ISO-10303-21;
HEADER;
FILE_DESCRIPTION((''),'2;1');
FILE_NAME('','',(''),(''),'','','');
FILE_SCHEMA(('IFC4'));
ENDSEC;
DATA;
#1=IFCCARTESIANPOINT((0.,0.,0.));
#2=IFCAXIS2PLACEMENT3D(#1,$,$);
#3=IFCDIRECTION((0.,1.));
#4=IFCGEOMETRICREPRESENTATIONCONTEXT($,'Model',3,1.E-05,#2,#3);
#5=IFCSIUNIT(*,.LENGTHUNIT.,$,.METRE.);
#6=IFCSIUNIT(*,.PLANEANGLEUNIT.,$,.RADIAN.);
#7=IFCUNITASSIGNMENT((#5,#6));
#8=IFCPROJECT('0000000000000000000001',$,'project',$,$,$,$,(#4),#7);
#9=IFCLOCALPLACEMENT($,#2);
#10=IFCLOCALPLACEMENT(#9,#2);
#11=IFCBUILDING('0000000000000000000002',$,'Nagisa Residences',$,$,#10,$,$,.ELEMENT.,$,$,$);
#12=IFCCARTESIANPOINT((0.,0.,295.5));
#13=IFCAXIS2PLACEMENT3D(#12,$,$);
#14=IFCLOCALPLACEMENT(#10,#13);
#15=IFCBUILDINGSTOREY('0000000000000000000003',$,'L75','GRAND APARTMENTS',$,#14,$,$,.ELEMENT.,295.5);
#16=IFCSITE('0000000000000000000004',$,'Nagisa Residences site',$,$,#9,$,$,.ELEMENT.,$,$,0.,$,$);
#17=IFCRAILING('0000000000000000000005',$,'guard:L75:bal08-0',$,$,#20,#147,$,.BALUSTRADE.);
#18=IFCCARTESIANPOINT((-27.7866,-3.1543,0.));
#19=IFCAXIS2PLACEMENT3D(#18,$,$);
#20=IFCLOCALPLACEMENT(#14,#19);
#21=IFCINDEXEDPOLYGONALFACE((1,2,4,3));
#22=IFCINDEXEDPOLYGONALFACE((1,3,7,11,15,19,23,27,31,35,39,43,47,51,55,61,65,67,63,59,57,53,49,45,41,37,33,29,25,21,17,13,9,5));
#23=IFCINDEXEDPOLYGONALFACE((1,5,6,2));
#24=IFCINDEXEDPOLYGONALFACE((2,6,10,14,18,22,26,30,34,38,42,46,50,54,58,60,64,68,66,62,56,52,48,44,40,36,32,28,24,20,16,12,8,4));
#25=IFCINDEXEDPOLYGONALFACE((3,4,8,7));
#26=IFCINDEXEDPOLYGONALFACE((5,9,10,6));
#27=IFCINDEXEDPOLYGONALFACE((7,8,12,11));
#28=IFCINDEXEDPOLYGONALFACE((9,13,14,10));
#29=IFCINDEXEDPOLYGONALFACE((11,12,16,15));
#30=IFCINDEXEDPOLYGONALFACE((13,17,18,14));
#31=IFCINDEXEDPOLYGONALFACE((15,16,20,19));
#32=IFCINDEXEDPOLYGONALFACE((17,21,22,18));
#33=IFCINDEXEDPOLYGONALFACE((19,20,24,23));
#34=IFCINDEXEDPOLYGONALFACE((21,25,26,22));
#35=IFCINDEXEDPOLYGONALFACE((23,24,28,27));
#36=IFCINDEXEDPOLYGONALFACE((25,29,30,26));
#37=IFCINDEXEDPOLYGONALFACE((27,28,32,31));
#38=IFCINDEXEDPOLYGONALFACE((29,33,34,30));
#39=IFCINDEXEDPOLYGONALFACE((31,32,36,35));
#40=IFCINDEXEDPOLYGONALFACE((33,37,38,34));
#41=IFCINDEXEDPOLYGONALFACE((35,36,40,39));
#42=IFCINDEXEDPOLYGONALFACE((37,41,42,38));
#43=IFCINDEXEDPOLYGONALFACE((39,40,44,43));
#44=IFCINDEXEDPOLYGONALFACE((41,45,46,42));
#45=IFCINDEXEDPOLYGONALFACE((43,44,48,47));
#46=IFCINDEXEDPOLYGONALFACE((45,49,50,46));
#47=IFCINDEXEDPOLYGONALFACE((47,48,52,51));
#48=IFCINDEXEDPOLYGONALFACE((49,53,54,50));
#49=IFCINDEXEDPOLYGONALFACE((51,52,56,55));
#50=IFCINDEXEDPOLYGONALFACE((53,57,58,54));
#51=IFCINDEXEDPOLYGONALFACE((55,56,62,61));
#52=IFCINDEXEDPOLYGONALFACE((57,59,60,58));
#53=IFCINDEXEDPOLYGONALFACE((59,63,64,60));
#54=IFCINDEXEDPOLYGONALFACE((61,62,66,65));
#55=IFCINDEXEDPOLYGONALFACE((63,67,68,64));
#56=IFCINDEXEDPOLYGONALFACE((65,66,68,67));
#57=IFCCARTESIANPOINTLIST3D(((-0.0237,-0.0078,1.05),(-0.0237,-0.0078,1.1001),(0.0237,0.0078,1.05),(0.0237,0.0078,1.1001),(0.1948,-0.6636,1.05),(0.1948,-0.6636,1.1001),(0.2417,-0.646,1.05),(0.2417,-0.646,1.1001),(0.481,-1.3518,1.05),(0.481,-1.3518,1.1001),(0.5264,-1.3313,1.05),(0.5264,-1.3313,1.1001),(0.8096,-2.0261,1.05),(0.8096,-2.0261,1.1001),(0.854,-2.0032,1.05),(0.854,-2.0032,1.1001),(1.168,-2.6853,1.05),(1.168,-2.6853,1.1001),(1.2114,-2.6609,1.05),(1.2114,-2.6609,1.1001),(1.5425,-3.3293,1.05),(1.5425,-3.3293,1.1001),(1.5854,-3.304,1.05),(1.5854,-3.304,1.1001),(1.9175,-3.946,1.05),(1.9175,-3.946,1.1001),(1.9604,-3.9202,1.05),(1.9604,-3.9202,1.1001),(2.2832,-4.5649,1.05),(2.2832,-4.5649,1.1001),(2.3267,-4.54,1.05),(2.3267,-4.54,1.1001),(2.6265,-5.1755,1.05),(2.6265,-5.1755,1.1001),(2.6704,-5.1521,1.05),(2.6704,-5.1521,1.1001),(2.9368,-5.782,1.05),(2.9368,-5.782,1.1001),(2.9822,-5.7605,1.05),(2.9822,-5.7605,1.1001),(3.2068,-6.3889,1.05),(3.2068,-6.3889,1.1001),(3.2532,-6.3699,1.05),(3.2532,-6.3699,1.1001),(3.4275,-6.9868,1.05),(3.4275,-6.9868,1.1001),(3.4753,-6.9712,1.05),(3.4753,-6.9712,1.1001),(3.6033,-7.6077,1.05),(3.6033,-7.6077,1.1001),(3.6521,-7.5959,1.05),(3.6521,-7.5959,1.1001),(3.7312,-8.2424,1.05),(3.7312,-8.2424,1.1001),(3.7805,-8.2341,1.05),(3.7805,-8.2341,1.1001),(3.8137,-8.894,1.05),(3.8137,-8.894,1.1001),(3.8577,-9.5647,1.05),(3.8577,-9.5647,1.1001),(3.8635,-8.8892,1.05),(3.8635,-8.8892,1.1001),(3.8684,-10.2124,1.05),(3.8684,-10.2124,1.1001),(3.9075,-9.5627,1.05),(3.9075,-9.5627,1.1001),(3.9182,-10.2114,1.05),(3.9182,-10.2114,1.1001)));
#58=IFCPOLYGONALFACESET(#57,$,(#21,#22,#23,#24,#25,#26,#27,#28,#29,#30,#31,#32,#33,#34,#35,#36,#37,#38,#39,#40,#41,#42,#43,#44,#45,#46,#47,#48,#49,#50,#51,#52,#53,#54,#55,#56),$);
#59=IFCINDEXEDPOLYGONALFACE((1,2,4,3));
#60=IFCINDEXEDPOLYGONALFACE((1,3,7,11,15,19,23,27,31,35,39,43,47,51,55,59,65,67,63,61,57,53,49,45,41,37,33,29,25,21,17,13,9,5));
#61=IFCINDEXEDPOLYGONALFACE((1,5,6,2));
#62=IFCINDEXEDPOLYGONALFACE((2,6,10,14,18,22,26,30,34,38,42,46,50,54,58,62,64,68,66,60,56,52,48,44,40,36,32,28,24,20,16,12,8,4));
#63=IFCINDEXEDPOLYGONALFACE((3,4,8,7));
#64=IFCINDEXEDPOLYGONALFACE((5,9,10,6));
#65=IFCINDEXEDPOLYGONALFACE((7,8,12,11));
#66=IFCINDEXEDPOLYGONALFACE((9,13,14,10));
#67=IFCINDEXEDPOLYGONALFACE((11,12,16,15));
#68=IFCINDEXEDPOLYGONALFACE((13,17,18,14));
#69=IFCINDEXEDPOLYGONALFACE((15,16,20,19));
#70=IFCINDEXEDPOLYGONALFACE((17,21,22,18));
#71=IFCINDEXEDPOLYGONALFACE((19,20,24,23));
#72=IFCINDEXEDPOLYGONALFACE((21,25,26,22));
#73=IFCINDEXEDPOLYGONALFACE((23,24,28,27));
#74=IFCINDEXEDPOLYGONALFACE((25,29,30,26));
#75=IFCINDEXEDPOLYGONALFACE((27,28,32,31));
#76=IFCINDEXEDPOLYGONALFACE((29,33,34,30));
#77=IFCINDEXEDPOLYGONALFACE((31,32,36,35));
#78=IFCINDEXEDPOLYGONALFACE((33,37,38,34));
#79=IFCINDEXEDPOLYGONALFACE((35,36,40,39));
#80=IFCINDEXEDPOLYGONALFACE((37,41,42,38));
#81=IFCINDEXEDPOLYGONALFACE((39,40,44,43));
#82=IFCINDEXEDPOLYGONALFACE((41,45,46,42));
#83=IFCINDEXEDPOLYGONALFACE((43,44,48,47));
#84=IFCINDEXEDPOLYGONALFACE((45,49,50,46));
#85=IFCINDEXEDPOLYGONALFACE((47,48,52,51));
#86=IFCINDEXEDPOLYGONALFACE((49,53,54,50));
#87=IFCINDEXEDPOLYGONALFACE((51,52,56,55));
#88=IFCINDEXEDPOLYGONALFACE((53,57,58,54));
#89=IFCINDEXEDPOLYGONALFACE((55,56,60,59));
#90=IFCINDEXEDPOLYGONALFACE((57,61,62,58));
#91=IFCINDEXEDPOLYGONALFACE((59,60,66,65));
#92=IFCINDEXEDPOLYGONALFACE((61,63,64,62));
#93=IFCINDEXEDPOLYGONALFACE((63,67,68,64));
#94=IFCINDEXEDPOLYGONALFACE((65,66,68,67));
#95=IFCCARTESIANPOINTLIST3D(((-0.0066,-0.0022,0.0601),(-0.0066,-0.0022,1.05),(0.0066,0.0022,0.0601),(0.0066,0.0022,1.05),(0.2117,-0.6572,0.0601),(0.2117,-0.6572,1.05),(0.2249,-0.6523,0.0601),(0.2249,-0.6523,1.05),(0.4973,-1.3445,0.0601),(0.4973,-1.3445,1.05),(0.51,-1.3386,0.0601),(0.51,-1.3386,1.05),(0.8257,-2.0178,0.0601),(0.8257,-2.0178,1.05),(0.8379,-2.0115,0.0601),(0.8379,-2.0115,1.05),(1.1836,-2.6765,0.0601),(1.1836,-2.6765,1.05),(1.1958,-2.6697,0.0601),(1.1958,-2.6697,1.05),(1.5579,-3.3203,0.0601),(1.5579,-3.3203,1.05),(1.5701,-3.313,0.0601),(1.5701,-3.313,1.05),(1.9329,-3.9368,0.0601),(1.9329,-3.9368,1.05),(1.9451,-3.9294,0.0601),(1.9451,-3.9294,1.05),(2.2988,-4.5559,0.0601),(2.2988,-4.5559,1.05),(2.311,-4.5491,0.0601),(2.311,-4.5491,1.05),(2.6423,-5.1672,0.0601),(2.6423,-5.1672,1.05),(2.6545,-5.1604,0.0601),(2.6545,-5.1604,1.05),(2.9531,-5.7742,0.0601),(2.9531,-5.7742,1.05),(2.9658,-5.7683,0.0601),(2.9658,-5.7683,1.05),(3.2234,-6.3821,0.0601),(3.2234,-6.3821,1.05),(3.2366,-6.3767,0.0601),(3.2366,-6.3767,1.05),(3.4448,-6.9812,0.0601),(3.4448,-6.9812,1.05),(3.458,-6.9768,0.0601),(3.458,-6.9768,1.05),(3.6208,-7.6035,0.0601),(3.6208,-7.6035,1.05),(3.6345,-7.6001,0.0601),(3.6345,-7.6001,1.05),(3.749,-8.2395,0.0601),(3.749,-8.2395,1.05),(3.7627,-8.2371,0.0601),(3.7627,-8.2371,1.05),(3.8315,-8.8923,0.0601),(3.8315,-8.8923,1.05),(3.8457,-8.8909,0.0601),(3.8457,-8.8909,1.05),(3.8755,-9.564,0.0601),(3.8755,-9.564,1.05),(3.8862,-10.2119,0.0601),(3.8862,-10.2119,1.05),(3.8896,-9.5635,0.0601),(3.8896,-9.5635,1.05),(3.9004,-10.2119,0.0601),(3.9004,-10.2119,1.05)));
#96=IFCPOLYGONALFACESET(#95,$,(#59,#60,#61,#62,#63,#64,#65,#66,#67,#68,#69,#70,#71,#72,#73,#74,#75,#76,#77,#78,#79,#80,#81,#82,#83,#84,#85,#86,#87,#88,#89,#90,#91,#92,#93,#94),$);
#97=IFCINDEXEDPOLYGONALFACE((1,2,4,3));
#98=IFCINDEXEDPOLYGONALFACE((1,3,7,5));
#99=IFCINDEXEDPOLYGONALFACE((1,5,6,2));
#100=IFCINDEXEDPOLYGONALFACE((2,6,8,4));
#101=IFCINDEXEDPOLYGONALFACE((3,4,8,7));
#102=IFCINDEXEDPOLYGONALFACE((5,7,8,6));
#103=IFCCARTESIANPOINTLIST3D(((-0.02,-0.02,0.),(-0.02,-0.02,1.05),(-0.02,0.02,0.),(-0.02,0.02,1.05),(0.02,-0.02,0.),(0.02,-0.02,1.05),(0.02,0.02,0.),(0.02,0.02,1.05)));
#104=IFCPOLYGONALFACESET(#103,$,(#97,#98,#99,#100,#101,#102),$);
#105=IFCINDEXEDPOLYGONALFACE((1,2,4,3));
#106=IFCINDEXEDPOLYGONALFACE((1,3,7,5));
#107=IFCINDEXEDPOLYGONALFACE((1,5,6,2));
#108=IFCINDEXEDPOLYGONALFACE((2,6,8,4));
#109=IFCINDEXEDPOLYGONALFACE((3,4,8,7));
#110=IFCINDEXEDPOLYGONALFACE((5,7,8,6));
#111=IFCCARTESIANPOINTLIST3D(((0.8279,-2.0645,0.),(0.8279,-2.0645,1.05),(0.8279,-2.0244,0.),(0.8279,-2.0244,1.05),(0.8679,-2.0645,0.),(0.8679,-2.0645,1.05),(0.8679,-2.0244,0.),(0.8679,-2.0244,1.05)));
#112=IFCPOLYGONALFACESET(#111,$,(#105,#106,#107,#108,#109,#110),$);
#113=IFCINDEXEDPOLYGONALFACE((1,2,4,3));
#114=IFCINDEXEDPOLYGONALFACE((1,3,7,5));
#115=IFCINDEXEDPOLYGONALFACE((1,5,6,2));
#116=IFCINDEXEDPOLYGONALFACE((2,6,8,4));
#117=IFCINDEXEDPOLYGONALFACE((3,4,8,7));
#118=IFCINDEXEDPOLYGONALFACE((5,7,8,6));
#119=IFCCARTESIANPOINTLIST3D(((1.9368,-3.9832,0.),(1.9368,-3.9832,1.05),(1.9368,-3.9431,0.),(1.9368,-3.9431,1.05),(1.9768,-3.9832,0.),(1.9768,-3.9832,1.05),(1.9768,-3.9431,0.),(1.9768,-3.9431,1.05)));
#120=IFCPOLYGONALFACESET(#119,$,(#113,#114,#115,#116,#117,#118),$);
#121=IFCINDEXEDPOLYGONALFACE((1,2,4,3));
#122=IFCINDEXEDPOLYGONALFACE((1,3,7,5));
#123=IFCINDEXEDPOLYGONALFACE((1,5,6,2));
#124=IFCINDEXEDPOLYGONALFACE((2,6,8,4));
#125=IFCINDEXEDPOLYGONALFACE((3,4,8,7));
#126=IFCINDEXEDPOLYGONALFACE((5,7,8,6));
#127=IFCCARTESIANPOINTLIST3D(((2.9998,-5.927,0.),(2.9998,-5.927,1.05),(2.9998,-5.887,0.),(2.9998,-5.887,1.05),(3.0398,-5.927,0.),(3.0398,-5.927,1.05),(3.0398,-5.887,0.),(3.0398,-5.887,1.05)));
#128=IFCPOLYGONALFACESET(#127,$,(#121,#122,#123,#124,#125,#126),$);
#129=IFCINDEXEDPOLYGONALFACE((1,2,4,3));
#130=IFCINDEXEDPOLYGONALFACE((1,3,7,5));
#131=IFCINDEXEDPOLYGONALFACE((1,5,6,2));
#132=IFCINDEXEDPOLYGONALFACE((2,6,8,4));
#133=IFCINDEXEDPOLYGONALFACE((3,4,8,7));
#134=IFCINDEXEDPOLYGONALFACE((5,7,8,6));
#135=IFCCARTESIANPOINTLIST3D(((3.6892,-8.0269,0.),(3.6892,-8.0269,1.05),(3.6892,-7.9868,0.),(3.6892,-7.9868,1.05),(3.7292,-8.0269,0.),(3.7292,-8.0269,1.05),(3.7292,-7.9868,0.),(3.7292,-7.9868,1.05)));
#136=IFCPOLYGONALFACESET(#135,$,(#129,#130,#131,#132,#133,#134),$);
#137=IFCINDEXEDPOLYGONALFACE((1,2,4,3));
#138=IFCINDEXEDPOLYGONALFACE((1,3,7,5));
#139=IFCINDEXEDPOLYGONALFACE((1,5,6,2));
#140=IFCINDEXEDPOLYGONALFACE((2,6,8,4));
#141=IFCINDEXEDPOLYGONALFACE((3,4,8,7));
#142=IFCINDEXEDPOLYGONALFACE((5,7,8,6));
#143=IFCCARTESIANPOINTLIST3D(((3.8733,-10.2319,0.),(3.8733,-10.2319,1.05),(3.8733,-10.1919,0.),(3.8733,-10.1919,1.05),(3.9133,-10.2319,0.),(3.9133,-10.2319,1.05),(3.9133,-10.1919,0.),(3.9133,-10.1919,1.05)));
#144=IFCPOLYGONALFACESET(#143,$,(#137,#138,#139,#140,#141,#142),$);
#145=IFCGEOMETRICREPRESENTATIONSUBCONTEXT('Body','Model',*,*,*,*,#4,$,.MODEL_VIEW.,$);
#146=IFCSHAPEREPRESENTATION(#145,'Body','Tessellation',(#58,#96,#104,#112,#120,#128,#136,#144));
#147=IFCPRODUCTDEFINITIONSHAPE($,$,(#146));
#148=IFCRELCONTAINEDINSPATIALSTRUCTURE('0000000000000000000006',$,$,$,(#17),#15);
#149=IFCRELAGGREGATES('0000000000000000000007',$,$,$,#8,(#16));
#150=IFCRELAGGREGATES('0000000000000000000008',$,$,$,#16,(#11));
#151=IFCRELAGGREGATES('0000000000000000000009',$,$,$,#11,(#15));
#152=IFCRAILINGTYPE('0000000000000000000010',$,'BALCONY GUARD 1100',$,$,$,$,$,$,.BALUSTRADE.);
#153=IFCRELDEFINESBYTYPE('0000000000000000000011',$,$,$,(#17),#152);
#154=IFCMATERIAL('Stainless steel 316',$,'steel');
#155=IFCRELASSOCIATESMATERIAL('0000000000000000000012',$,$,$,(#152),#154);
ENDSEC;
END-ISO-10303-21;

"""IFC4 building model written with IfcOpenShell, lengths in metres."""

from ifc_helpers import new_model, si_unit, direction, frame, origin, origin_2d, place, context, subcontext, project, spatial, polyline, rectangle, outline, extrude, material, type_object, element, save


model = new_model("IFC4")

# Units and contexts
model_context = context("Model", 3, precision=1e-05, world=origin(), true_north=direction((0.0, 1.0)))
body_context = subcontext(model_context, "Body", "Model", "MODEL_VIEW")
ifc_project = project(units=[si_unit("LENGTHUNIT", "METRE"), si_unit("PLANEANGLEUNIT", "RADIAN")], contexts=[model_context])

# Site, building, storey
site_placement = place(None, origin())
site = spatial("IfcSite", under=ifc_project, at=site_placement, Name="Nagisa Residences site", CompositionType="ELEMENT", RefElevation=0.0)
building_placement = place(site_placement, origin())
building = spatial("IfcBuilding", under=site, at=building_placement, Name="Nagisa Residences", CompositionType="ELEMENT")
storey_placement = place(building_placement, frame((0.0, 0.0, 295.5)))
storey = spatial("IfcBuildingStorey", under=building, at=storey_placement, Name="L75", Description="GRAND APARTMENTS", CompositionType="ELEMENT", Elevation=295.5)

# Railing
ifc_material_1 = material(Name="Stainless steel 316", Category="steel")
railing_type = type_object("IfcRailingType", Name="BALCONY GUARD 1100", PredefinedType="BALUSTRADE", material=ifc_material_1)
railing_1_placement = place(storey_placement, frame((-27.7866, -3.1543, 0.0)))
element("IfcRailing", 1, at=railing_1_placement, inside=storey, type_object=railing_type, Name="guard:L75:bal08-0", PredefinedType="BALUSTRADE", context=body_context, shape_type="SweptSolid", body=[
    extrude(outline(polyline([(0.2417, -0.646), (0.0237, 0.0078), (-0.0237, -0.0078), (0.1948, -0.6636), (0.481, -1.3518), (0.8096, -2.0261), (1.168, -2.6853), (1.5425, -3.3293), (1.9175, -3.946), (2.2832, -4.5649), (2.6265, -5.1755), (2.9368, -5.782), (3.2068, -6.3889), (3.4275, -6.9868), (3.6033, -7.6077), (3.7312, -8.2424), (3.8137, -8.894), (3.8577, -9.5647), (3.8684, -10.2124), (3.9182, -10.2114), (3.9075, -9.5627), (3.8635, -8.8892), (3.7805, -8.2341), (3.6521, -7.5959), (3.4753, -6.9712), (3.2532, -6.3699), (2.9822, -5.7605), (2.6704, -5.1521), (2.3267, -4.54), (1.9604, -3.9202), (1.5854, -3.304), (1.2114, -2.6609), (0.854, -2.0032), (0.5264, -1.3313), (0.2417, -0.646)])), frame((0.0, 0.0, 1.05)), (0.0, 0.0, 1.0), 0.05),
    extrude(outline(polyline([(0.2249, -0.6523), (0.0066, 0.0022), (-0.0066, -0.0022), (0.2117, -0.6572), (0.4973, -1.3445), (0.8257, -2.0178), (1.1836, -2.6765), (1.5579, -3.3203), (1.9329, -3.9368), (2.2988, -4.5559), (2.6423, -5.1672), (2.9531, -5.7742), (3.2234, -6.3821), (3.4448, -6.9812), (3.6208, -7.6035), (3.749, -8.2395), (3.8315, -8.8923), (3.8755, -9.564), (3.8862, -10.2119), (3.9004, -10.2119), (3.8896, -9.5635), (3.8457, -8.8909), (3.7627, -8.2371), (3.6345, -7.6001), (3.458, -6.9768), (3.2366, -6.3767), (2.9658, -5.7683), (2.6545, -5.1604), (2.311, -4.5491), (1.9451, -3.9294), (1.5701, -3.313), (1.1958, -2.6697), (0.8379, -2.0115), (0.51, -1.3386), (0.2249, -0.6523)])), frame((0.0, 0.0, 0.0601)), (0.0, 0.0, 1.0), 0.99),
    extrude(rectangle(XDim=0.04, YDim=0.04, at=origin_2d()), origin(), (0.0, 0.0, 1.0), 1.05),
    extrude(rectangle(XDim=0.04, YDim=0.04, at=origin_2d()), frame((0.8479, -2.0444, 0.0)), (0.0, 0.0, 1.0), 1.05),
    extrude(rectangle(XDim=0.04, YDim=0.04, at=origin_2d()), frame((1.9568, -3.9631, 0.0)), (0.0, 0.0, 1.0), 1.05),
    extrude(rectangle(XDim=0.04, YDim=0.04, at=origin_2d()), frame((3.0198, -5.907, 0.0)), (0.0, 0.0, 1.0), 1.05),
    extrude(rectangle(XDim=0.04, YDim=0.04, at=origin_2d()), frame((3.7092, -8.0068, 0.0)), (0.0, 0.0, 1.0), 1.05),
    extrude(rectangle(XDim=0.04, YDim=0.04, at=origin_2d()), frame((3.8933, -10.2119, 0.0)), (0.0, 0.0, 1.0), 1.05),
])

save(model, "model.ifc")
